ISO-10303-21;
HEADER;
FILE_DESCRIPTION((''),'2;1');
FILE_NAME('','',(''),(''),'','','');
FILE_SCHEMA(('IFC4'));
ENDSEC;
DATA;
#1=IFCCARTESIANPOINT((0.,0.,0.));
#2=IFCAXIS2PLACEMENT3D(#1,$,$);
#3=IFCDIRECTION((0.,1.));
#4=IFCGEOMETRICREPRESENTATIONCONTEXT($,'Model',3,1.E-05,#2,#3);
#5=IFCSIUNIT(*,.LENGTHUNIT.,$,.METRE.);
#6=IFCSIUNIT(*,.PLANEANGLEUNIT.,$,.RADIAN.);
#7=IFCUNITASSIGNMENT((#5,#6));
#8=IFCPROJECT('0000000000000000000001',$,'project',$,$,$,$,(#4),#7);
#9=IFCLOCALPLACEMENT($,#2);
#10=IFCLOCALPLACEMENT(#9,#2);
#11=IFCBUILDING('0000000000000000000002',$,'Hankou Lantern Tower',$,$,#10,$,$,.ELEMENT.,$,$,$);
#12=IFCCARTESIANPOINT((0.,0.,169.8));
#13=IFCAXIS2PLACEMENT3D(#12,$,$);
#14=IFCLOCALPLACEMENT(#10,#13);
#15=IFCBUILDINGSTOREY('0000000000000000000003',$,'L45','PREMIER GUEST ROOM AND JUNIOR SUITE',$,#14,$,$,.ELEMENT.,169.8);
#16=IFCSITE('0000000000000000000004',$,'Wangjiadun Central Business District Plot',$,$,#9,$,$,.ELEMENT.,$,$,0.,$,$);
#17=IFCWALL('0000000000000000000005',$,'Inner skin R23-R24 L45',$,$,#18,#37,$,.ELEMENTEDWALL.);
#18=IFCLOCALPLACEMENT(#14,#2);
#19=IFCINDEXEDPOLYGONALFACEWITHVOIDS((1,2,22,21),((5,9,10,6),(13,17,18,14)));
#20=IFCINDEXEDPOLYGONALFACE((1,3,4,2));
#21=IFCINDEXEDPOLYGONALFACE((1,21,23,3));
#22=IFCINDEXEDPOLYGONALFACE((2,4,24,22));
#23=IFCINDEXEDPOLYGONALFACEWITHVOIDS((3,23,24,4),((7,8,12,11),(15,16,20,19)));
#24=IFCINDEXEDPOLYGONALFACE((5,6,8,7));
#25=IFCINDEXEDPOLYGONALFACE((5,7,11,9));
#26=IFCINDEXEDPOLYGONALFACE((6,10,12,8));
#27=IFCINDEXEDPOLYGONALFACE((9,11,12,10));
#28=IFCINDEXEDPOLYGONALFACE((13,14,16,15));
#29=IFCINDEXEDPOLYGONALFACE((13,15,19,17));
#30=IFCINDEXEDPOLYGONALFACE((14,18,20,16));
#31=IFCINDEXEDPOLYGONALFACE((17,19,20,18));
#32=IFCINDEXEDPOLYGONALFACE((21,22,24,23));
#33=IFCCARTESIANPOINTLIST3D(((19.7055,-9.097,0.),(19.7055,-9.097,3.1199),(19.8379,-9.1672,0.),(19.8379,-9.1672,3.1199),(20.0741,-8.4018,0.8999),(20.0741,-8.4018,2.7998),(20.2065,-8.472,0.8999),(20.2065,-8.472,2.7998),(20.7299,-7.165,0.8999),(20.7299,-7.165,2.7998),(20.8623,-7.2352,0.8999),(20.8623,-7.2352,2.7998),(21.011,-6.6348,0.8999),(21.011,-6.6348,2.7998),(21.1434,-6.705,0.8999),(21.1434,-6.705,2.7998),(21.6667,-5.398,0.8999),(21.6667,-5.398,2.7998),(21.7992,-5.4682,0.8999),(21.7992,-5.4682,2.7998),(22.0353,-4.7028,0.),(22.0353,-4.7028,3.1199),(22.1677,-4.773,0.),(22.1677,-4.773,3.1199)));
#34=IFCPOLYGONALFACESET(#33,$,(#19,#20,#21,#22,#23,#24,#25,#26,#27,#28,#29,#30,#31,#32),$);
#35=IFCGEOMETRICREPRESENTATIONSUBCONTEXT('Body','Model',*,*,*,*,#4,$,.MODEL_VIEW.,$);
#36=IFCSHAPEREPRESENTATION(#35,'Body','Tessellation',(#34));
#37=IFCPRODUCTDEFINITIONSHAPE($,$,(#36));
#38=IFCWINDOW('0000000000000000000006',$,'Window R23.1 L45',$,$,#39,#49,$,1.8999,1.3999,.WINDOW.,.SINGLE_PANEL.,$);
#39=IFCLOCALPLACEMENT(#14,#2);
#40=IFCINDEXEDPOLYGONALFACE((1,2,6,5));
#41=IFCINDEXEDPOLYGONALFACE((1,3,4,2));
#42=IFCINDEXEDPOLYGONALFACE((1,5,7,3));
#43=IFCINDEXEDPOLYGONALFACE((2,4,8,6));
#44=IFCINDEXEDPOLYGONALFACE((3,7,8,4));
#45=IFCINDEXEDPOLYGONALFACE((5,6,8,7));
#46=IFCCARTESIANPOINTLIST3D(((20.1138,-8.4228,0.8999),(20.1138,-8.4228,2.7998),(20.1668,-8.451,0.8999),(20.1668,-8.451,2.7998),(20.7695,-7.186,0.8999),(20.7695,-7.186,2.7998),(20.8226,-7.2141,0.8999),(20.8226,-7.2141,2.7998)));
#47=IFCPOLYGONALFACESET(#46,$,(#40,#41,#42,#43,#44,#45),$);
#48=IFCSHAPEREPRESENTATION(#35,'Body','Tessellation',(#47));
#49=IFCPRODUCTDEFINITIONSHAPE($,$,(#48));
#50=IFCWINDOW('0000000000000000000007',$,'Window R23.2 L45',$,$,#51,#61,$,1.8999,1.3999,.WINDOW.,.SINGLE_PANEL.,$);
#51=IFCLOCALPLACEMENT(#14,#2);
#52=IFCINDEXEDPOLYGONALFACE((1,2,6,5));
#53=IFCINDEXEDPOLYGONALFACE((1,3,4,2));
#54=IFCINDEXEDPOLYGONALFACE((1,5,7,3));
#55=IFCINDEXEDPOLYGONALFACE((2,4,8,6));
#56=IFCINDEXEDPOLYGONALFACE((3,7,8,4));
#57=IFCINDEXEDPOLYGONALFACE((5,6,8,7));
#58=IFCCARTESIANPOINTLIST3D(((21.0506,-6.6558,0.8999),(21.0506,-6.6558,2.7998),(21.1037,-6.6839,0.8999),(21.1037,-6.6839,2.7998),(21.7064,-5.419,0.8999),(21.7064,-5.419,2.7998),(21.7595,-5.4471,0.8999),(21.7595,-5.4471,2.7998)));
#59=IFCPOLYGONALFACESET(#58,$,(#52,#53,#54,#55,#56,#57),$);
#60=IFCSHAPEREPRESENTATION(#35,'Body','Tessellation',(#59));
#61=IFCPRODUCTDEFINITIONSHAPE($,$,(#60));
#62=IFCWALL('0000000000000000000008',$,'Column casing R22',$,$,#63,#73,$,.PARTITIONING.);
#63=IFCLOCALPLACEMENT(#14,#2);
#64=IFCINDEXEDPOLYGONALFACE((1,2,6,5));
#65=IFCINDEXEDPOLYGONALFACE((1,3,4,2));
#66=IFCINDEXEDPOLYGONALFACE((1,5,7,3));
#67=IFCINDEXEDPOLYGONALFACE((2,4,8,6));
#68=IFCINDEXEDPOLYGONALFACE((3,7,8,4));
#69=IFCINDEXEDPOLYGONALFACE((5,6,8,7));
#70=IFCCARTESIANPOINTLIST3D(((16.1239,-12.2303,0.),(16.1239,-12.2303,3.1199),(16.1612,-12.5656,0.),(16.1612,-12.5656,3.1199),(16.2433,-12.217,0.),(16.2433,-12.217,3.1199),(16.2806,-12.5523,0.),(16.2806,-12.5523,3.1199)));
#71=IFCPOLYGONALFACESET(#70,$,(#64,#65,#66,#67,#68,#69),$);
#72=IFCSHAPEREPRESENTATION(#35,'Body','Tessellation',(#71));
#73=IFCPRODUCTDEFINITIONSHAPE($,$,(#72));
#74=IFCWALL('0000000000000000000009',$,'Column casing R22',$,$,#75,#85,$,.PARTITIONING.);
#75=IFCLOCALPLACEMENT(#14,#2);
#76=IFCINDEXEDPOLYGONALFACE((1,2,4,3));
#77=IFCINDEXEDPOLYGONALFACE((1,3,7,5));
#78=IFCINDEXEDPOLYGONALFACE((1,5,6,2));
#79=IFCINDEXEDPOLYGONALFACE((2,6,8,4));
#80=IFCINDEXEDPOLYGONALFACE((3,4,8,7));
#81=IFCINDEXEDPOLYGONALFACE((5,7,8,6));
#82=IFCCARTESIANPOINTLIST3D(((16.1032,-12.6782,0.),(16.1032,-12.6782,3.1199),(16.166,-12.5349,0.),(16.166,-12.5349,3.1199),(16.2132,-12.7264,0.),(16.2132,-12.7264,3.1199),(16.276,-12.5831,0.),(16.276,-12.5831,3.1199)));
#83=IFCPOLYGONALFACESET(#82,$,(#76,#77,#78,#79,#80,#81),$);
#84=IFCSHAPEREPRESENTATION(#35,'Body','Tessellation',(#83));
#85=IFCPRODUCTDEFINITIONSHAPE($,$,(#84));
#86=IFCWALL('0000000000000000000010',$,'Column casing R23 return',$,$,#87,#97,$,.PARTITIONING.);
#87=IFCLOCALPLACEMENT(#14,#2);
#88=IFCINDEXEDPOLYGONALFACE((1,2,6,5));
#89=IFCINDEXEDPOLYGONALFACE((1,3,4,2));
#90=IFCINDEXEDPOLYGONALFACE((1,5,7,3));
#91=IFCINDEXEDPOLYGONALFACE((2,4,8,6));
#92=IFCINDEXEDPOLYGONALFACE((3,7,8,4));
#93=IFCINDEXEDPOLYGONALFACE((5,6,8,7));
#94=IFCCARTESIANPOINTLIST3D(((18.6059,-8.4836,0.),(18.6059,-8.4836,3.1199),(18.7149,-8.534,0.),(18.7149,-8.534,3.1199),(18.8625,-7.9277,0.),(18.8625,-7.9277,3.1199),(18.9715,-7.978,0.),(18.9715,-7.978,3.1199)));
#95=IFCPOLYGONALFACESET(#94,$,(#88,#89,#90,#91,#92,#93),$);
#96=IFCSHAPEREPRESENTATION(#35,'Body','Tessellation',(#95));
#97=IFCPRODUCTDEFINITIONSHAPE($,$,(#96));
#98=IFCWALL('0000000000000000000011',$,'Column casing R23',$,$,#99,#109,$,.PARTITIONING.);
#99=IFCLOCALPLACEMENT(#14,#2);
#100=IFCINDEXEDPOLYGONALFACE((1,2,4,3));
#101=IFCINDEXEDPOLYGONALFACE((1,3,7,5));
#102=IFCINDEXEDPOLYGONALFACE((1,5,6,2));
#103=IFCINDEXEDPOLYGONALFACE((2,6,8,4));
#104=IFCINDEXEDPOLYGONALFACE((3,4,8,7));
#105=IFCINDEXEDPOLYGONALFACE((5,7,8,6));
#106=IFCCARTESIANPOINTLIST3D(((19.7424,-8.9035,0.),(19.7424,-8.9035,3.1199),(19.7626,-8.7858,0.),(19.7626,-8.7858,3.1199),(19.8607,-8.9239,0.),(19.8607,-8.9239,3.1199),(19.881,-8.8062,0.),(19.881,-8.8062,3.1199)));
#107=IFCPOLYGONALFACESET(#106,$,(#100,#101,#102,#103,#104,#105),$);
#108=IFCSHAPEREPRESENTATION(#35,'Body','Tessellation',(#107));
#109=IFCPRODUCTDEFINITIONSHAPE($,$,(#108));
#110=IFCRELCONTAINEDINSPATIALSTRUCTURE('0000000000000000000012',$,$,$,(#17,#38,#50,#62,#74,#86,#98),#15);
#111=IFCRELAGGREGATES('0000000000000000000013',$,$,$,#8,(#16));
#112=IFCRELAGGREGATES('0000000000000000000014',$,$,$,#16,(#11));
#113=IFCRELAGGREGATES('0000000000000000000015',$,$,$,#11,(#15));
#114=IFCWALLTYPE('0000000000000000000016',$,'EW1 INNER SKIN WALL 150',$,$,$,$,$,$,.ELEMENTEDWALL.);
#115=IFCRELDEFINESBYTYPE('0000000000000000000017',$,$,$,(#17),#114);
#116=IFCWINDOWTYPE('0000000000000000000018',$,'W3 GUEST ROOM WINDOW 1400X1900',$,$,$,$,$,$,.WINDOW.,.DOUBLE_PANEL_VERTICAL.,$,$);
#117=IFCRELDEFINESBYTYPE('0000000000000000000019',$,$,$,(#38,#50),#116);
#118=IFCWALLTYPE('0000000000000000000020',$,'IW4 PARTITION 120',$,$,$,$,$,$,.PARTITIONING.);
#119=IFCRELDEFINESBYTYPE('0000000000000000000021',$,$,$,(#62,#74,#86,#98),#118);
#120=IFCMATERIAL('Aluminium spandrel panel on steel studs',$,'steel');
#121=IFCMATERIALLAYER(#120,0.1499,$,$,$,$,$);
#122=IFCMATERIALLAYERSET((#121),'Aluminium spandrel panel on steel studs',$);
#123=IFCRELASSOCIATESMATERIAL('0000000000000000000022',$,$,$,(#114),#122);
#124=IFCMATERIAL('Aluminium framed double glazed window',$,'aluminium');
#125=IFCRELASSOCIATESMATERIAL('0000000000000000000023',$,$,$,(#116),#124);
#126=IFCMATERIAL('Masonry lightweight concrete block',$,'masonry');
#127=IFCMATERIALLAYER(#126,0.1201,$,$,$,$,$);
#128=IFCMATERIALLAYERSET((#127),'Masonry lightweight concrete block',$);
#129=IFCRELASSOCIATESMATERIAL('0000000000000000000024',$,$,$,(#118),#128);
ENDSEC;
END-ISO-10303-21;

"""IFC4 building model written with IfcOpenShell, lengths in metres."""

from ifc_helpers import new_model, si_unit, direction, frame, frame_2d, origin, place, context, subcontext, project, spatial, rectangle, extrude, material, layer, layer_set, type_object, element, fill, save


model = new_model("IFC4")

# Units and contexts
model_context = context("Model", 3, precision=1e-05, world=origin(), true_north=direction((0.0, 1.0)))
body_context = subcontext(model_context, "Body", "Model", "MODEL_VIEW")
ifc_project = project(units=[si_unit("LENGTHUNIT", "METRE"), si_unit("PLANEANGLEUNIT", "RADIAN")], contexts=[model_context])

# Site, building, storey
site_placement = place(None, origin())
site = spatial("IfcSite", under=ifc_project, at=site_placement, Name="Wangjiadun Central Business District Plot", CompositionType="ELEMENT", RefElevation=0.0)
building_placement = place(site_placement, origin())
building = spatial("IfcBuilding", under=site, at=building_placement, Name="Hankou Lantern Tower", CompositionType="ELEMENT")
storey_placement = place(building_placement, frame((0.0, 0.0, 169.8)))
storey = spatial("IfcBuildingStorey", under=building, at=storey_placement, Name="L45", Description="PREMIER GUEST ROOM AND JUNIOR SUITE", CompositionType="ELEMENT", Elevation=169.8)

# Wall, openings, windows
ifc_material_1 = material(Name="Aluminium spandrel panel on steel studs", Category="steel")
ifc_layer_1 = layer(ifc_material_1, 0.1499)
ifc_layer_set_1 = layer_set([ifc_layer_1], Name="Aluminium spandrel panel on steel studs")
wall_type_1 = type_object("IfcWallType", Name="EW1 INNER SKIN WALL 150", PredefinedType="ELEMENTEDWALL", material=ifc_layer_set_1)
wall_1_placement = place(storey_placement, frame((19.7717, -9.1321, 0.0), z_axis=(0.0, 0.0, 1.0), x_axis=(0.468429, 0.883501, 0.0)))
wall_1 = element("IfcWall", 1, at=wall_1_placement, inside=storey, type_object=wall_type_1, Name="Inner skin R23-R24 L45", PredefinedType="ELEMENTEDWALL", context=body_context, shape_type="SweptSolid", body=[
    extrude(rectangle(XDim=4.9736, YDim=0.1499, at=frame_2d((2.4868, 0.0))), origin(), (0.0, 0.0, 1.0), 3.1199),
])
opening_1_placement = place(wall_1_placement, frame((0.7869, 0.0, 0.8999)))
opening_1 = element("IfcOpeningElement", 2, at=opening_1_placement, cuts=wall_1, PredefinedType="OPENING", context=body_context, shape_type="SweptSolid", body=[
    extrude(rectangle(XDim=1.3999, YDim=1.8999, at=frame_2d((0.7, 0.95))), frame((0.0, 0.085, 0.0), z_axis=(0.0, -1.0, 0.0), x_axis=(1.0, 0.0, 0.0)), (0.0, 0.0, 1.0), 0.1699),
])
opening_2_placement = place(wall_1_placement, frame((2.7869, 0.0, 0.8999)))
opening_2 = element("IfcOpeningElement", 3, at=opening_2_placement, cuts=wall_1, PredefinedType="OPENING", context=body_context, shape_type="SweptSolid", body=[
    extrude(rectangle(XDim=1.3999, YDim=1.8999, at=frame_2d((0.7, 0.95))), frame((0.0, 0.085, 0.0), z_axis=(0.0, -1.0, 0.0), x_axis=(1.0, 0.0, 0.0)), (0.0, 0.0, 1.0), 0.1699),
])
ifc_material_2 = material(Name="Aluminium framed double glazed window", Category="aluminium")
window_type = type_object("IfcWindowType", Name="W3 GUEST ROOM WINDOW 1400X1900", PartitioningType="DOUBLE_PANEL_VERTICAL", PredefinedType="WINDOW", material=ifc_material_2)
window_1_placement = place(opening_1_placement, origin())
window_1 = element("IfcWindow", 4, at=window_1_placement, inside=storey, type_object=window_type, Name="Window R23.1 L45", OverallHeight=1.8999, OverallWidth=1.3999, PartitioningType="SINGLE_PANEL", PredefinedType="WINDOW", context=body_context, shape_type="SweptSolid", body=[
    extrude(rectangle(XDim=1.3999, YDim=1.8999, at=frame_2d((0.7, 0.95))), frame((0.0, 0.03, 0.0), z_axis=(0.0, -1.0, 0.0), x_axis=(1.0, 0.0, 0.0)), (0.0, 0.0, 1.0), 0.0601),
])
fill(opening_1, window_1)
window_2_placement = place(opening_2_placement, origin())
window_2 = element("IfcWindow", 5, at=window_2_placement, inside=storey, type_object=window_type, Name="Window R23.2 L45", OverallHeight=1.8999, OverallWidth=1.3999, PartitioningType="SINGLE_PANEL", PredefinedType="WINDOW", context=body_context, shape_type="SweptSolid", body=[
    extrude(rectangle(XDim=1.3999, YDim=1.8999, at=frame_2d((0.7, 0.95))), frame((0.0, 0.03, 0.0), z_axis=(0.0, -1.0, 0.0), x_axis=(1.0, 0.0, 0.0)), (0.0, 0.0, 1.0), 0.0601),
])
fill(opening_2, window_2)

# Walls
ifc_material_3 = material(Name="Masonry lightweight concrete block", Category="masonry")
ifc_layer_2 = layer(ifc_material_3, 0.1201)
ifc_layer_set_2 = layer_set([ifc_layer_2], Name="Masonry lightweight concrete block")
wall_type_2 = type_object("IfcWallType", Name="IW4 PARTITION 120", PredefinedType="PARTITIONING", material=ifc_layer_set_2)
wall_2_placement = place(storey_placement, frame((16.1836, -12.2236, 0.0), z_axis=(0.0, 0.0, 1.0), x_axis=(0.11067, -0.993857, 0.0)))
element("IfcWall", 6, at=wall_2_placement, inside=storey, type_object=wall_type_2, Name="Column casing R22", PredefinedType="PARTITIONING", context=body_context, shape_type="SweptSolid", body=[
    extrude(rectangle(XDim=0.3374, YDim=0.1201, at=frame_2d((0.1687, 0.0))), origin(), (0.0, 0.0, 1.0), 3.1199),
])
wall_3_placement = place(storey_placement, frame((16.2209, -12.5591, 0.0), z_axis=(0.0, 0.0, 1.0), x_axis=(-0.401064, -0.91605, 0.0)))
element("IfcWall", 7, at=wall_3_placement, inside=storey, type_object=wall_type_2, Name="Column casing R22", PredefinedType="PARTITIONING", context=body_context, shape_type="SweptSolid", body=[
    extrude(rectangle(XDim=0.1565, YDim=0.1201, at=frame_2d((0.0781, 0.0))), origin(), (0.0, 0.0, 1.0), 3.1199),
])
wall_4_placement = place(storey_placement, frame((18.6604, -8.5088, 0.0), z_axis=(0.0, 0.0, 1.0), x_axis=(0.419083, 0.907948, 0.0)))
element("IfcWall", 8, at=wall_4_placement, inside=storey, type_object=wall_type_2, Name="Column casing R23 return", PredefinedType="PARTITIONING", context=body_context, shape_type="SweptSolid", body=[
    extrude(rectangle(XDim=0.6123, YDim=0.1201, at=frame_2d((0.3062, 0.0))), origin(), (0.0, 0.0, 1.0), 3.1199),
])
wall_5_placement = place(storey_placement, frame((19.8218, -8.7961, 0.0), z_axis=(0.0, 0.0, 1.0), x_axis=(-0.169702, -0.985496, 0.0)))
element("IfcWall", 9, at=wall_5_placement, inside=storey, type_object=wall_type_2, Name="Column casing R23", PredefinedType="PARTITIONING", context=body_context, shape_type="SweptSolid", body=[
    extrude(rectangle(XDim=0.1194, YDim=0.1201, at=frame_2d((0.0596, 0.0))), origin(), (0.0, 0.0, 1.0), 3.1199),
])

save(model, "model.ifc")
